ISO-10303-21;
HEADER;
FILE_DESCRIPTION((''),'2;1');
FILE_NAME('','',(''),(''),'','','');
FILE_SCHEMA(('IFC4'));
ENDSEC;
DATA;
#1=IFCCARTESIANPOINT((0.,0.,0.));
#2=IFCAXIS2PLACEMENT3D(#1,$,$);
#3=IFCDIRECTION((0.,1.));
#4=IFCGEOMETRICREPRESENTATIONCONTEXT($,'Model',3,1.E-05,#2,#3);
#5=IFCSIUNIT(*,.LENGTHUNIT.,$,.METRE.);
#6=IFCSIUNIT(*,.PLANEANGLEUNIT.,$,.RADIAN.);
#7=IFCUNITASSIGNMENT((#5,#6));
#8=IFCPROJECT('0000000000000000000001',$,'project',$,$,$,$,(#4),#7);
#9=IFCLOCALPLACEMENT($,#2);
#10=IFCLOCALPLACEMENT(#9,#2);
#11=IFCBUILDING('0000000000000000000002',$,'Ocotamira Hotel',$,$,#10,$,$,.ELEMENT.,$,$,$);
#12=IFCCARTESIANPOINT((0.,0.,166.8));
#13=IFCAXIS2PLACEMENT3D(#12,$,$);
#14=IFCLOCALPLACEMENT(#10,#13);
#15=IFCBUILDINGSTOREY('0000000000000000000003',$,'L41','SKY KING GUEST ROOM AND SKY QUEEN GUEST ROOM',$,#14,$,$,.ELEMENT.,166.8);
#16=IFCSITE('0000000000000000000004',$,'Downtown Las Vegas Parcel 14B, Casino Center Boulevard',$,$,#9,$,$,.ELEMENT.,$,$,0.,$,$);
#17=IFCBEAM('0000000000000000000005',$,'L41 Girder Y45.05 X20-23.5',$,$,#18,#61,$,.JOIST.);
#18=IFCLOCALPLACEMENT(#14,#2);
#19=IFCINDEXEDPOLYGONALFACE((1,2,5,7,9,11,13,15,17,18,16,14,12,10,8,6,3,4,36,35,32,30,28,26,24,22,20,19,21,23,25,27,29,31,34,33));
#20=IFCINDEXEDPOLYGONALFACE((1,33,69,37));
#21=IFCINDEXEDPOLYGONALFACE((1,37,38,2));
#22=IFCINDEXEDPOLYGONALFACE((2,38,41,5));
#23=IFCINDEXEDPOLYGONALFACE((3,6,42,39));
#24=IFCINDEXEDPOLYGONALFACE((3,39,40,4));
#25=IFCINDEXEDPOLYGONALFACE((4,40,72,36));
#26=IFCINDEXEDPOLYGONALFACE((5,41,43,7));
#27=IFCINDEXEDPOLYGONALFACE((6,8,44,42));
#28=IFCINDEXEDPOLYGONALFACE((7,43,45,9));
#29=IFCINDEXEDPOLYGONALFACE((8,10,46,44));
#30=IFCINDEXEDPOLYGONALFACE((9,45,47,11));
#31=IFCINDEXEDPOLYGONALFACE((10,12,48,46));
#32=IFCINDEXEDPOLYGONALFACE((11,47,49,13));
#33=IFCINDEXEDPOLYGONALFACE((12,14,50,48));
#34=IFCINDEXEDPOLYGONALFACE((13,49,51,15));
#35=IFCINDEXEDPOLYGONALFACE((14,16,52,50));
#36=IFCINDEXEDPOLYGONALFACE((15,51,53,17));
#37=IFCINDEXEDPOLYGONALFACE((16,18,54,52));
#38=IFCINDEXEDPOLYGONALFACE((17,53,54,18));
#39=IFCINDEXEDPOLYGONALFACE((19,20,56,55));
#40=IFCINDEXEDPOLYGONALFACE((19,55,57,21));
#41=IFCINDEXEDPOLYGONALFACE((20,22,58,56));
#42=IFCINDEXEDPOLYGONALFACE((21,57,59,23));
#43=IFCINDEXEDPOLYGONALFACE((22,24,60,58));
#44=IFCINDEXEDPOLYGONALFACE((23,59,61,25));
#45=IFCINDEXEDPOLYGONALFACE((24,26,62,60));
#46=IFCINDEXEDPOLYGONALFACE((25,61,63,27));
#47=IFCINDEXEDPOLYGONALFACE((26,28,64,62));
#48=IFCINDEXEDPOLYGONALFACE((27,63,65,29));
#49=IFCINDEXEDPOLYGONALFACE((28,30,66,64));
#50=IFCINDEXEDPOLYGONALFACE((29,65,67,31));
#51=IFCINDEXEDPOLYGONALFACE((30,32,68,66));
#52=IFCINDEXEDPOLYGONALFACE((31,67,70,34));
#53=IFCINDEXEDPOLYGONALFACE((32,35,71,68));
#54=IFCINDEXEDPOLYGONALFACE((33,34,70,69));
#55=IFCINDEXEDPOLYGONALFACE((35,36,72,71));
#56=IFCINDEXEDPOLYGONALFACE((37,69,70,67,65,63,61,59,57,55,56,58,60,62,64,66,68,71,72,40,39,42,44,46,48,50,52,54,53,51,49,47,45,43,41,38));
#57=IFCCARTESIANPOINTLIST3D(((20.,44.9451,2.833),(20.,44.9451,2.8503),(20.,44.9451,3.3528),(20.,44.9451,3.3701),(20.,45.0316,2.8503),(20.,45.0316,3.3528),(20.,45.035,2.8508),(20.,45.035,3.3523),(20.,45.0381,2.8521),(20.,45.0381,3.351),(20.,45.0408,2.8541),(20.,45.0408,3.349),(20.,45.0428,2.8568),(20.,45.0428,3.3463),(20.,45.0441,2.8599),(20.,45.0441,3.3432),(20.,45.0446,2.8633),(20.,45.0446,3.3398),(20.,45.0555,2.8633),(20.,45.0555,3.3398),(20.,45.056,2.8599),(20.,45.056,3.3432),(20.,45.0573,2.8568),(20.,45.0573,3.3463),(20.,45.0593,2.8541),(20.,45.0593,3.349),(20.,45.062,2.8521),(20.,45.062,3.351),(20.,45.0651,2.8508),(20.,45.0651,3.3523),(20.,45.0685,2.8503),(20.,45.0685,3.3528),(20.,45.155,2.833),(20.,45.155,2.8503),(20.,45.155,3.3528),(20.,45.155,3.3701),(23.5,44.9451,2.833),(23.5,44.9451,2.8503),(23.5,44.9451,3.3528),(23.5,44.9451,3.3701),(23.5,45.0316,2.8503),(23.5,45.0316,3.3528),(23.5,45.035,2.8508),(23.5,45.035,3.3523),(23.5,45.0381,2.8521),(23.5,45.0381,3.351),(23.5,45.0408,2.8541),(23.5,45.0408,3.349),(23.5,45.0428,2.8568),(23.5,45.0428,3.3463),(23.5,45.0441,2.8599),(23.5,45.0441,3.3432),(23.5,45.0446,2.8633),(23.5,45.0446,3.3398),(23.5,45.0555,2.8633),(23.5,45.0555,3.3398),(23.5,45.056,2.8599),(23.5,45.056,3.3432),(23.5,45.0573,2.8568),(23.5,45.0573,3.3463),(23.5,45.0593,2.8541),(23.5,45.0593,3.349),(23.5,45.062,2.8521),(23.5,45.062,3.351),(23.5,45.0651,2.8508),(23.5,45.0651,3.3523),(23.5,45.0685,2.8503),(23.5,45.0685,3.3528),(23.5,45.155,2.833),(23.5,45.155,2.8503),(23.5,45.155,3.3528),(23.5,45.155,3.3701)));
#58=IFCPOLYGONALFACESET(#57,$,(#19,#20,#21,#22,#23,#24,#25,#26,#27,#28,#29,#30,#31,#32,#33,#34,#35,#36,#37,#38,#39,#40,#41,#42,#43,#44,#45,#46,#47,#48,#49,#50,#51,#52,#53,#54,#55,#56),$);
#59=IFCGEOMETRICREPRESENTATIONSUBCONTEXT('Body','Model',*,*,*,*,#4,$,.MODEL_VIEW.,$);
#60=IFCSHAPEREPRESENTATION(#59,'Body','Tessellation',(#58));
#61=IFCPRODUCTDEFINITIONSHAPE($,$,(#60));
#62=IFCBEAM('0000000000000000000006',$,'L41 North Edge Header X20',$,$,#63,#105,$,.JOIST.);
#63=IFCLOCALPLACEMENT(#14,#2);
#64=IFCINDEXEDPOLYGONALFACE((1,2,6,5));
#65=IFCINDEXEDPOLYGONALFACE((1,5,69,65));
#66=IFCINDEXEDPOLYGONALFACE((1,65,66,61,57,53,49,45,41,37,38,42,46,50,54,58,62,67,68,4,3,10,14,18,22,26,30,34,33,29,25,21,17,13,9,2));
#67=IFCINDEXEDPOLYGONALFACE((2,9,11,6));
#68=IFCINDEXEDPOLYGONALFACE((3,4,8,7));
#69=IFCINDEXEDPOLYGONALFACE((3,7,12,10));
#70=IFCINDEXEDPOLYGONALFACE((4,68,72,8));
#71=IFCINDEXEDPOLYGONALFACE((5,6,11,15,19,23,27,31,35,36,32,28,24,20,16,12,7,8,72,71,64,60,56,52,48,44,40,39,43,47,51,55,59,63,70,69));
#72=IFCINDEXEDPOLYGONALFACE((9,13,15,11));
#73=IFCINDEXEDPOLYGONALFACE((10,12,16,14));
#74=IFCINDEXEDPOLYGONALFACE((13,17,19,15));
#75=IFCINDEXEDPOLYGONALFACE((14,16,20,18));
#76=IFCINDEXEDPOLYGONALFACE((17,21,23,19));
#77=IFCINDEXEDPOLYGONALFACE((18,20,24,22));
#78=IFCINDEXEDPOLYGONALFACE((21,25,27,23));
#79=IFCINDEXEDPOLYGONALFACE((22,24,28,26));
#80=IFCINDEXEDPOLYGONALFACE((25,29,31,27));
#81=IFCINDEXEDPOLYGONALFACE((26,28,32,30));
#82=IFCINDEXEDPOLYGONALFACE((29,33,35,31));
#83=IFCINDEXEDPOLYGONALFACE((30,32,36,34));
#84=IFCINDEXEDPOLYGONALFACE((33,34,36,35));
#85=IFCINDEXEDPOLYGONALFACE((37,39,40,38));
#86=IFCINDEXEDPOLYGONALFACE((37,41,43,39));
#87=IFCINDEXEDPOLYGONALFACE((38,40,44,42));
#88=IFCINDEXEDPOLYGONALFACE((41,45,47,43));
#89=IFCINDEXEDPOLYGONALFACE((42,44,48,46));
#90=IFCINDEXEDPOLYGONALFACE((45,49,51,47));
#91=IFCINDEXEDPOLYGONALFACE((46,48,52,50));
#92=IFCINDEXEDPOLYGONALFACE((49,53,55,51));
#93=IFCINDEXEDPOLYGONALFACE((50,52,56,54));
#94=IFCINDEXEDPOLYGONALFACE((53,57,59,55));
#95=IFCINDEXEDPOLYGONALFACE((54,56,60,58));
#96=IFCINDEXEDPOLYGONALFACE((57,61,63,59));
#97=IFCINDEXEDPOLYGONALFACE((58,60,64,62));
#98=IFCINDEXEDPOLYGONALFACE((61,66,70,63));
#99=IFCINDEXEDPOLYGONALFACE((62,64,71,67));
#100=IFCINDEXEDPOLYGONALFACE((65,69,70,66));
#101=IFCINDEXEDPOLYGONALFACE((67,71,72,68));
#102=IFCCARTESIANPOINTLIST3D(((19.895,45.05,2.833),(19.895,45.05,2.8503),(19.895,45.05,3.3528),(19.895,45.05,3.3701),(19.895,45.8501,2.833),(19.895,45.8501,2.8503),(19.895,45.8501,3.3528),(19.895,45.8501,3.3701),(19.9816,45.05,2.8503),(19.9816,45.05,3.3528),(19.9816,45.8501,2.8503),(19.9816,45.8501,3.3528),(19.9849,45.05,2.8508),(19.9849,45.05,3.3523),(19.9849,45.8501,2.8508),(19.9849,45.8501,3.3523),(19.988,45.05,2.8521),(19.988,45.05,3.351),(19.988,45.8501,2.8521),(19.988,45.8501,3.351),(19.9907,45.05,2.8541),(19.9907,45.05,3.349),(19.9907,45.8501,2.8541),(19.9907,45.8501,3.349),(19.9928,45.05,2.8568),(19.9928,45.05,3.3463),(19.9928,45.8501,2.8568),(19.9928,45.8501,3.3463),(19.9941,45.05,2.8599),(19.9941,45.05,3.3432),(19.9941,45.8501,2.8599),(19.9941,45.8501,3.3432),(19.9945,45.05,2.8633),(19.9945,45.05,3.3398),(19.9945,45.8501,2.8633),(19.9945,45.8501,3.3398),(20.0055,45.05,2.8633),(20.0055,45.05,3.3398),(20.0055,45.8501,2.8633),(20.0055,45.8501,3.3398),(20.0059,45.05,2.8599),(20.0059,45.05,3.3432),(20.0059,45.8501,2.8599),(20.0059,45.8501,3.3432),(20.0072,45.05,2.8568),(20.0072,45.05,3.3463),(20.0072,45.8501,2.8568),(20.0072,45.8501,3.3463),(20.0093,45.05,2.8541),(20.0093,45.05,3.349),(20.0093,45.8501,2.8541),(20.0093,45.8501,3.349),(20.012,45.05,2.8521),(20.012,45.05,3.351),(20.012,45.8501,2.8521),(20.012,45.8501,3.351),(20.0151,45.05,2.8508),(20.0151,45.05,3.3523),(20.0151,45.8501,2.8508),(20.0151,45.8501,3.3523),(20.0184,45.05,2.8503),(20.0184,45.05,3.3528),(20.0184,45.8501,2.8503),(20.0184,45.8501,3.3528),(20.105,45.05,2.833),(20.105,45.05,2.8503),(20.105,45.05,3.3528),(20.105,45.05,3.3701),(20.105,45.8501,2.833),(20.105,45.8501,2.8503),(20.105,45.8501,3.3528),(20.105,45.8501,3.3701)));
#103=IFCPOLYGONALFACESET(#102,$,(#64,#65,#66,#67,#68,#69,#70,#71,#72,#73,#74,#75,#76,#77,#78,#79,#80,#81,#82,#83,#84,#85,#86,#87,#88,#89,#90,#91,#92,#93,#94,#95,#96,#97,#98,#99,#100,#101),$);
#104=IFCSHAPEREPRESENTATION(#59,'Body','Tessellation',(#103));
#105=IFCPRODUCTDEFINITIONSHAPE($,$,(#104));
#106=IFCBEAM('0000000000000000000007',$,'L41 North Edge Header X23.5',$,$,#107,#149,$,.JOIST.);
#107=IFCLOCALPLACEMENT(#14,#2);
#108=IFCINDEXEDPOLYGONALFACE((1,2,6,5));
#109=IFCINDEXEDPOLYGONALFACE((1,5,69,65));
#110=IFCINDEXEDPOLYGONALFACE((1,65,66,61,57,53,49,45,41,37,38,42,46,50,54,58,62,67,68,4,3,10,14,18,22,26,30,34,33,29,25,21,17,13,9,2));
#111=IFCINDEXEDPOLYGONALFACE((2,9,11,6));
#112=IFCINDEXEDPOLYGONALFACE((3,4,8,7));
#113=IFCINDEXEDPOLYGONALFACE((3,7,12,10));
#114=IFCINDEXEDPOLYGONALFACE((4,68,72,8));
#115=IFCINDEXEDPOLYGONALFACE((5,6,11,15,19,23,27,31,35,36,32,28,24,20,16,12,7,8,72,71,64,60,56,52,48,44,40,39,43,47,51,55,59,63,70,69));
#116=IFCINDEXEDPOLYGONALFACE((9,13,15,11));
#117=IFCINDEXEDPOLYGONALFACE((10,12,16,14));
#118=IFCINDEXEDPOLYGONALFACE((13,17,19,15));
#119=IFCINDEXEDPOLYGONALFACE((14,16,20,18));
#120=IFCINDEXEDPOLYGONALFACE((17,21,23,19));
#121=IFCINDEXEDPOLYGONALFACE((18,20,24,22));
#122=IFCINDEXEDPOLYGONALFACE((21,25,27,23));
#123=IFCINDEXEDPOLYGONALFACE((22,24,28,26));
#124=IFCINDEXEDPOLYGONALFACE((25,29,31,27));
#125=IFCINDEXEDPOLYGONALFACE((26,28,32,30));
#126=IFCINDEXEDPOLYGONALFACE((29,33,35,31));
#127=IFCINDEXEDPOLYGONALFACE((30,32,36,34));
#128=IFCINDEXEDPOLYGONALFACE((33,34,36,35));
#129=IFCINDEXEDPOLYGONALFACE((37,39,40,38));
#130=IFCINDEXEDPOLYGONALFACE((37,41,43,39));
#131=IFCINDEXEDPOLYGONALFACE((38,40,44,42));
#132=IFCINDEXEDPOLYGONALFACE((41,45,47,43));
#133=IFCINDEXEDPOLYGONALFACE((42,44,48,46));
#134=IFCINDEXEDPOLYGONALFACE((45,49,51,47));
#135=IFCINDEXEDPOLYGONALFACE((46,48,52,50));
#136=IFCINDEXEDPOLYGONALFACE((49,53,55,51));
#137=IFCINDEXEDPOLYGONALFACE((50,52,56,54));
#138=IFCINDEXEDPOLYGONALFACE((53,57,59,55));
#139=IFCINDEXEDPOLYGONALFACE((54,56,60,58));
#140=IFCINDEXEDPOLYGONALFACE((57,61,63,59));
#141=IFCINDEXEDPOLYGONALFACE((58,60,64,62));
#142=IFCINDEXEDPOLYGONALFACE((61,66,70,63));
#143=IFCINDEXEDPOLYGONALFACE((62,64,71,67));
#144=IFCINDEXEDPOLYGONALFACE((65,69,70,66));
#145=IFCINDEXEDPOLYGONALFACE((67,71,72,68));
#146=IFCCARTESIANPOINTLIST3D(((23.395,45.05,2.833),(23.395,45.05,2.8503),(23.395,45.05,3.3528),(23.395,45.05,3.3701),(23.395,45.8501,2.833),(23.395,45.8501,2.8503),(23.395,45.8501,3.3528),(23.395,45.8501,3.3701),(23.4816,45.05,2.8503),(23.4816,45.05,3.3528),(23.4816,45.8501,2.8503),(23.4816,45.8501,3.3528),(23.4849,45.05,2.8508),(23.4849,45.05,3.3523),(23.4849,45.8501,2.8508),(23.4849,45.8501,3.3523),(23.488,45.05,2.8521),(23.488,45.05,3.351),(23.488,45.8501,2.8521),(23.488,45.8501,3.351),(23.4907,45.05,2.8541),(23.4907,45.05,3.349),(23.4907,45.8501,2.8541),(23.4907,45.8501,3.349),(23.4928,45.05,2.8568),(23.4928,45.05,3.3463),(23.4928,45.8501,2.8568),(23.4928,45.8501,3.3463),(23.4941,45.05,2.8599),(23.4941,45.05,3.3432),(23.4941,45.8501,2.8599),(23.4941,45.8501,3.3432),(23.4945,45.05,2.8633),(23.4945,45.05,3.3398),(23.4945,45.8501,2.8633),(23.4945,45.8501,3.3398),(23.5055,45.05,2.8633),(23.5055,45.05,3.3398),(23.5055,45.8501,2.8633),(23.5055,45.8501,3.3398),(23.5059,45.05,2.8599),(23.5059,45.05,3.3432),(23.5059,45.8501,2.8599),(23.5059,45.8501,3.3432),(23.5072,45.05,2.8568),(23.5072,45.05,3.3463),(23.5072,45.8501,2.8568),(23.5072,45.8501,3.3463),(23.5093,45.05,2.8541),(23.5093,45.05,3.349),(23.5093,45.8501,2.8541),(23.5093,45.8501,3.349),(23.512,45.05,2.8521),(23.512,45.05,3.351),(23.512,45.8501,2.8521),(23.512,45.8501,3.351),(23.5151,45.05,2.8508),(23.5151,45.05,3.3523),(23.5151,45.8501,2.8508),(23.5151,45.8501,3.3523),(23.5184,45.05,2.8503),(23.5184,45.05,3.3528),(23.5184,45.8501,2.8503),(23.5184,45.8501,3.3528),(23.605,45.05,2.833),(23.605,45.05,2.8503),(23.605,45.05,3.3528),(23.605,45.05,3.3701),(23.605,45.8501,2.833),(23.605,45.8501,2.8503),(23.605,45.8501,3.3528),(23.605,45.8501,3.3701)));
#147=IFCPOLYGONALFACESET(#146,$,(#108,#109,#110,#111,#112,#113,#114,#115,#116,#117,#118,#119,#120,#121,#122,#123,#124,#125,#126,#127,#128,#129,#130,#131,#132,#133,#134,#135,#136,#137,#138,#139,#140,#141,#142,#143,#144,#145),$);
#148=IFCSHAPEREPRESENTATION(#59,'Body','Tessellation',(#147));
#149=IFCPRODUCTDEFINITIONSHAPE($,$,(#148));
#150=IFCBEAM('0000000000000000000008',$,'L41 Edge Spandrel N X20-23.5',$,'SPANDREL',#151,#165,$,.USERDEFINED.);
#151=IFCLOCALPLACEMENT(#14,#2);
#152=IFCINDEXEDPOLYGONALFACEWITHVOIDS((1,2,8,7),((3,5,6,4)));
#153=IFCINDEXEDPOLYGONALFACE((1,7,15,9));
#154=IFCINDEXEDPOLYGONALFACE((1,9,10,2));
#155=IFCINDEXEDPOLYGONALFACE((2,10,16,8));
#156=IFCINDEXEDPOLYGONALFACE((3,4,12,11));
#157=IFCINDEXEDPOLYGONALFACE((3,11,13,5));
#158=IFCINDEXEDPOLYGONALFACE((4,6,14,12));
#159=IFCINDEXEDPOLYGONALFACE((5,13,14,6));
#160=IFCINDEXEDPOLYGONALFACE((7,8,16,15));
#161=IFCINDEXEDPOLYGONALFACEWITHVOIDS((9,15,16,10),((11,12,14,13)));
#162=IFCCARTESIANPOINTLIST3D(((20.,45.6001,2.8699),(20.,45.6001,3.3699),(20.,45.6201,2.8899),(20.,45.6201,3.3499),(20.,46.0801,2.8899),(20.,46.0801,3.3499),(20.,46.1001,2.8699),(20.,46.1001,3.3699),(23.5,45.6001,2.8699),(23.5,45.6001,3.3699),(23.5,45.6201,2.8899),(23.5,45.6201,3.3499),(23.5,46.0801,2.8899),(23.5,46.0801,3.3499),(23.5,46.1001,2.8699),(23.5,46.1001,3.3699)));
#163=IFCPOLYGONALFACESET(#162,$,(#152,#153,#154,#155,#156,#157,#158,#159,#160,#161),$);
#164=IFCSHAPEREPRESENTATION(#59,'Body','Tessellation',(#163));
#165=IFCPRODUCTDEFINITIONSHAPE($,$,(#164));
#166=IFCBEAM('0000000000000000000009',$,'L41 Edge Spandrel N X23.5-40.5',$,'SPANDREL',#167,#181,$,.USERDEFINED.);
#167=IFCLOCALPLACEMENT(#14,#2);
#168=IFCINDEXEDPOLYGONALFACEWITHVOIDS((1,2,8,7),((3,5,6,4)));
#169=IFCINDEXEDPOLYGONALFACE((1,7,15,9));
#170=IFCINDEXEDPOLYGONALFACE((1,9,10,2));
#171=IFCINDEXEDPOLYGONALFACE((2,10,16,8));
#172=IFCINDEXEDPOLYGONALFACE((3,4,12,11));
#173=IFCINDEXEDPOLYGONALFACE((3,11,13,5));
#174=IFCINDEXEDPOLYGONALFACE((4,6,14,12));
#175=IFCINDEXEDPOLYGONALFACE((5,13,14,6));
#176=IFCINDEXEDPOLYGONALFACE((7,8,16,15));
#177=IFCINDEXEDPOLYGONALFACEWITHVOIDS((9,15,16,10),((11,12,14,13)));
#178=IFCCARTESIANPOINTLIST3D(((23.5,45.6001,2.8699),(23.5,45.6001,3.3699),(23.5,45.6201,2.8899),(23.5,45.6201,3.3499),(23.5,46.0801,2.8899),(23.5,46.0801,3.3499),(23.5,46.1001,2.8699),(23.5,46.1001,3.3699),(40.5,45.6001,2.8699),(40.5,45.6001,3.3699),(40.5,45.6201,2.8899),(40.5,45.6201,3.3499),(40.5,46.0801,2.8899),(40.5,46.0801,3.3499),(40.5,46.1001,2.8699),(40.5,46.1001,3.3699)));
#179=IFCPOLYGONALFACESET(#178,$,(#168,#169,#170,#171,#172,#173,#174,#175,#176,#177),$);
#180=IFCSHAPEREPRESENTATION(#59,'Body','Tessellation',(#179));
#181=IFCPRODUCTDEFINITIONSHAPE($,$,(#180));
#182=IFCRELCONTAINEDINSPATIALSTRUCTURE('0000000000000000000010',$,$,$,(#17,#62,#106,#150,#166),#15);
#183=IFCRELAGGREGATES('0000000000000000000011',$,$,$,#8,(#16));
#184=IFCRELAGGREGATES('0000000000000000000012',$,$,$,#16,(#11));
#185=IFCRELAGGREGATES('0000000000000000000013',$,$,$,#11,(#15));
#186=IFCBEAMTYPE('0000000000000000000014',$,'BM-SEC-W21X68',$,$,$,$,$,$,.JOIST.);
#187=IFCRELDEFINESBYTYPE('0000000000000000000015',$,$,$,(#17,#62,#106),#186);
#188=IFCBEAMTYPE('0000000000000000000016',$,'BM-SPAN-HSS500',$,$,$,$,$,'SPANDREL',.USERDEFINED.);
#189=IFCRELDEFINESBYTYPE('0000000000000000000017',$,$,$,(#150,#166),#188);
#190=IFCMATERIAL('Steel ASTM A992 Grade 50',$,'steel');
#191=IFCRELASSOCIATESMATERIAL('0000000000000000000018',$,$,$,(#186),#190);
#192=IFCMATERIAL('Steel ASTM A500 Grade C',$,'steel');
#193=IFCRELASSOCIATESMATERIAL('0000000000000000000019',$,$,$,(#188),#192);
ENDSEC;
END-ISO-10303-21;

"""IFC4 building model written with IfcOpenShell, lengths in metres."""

from ifc_helpers import new_model, si_unit, direction, frame, origin, origin_2d, place, context, subcontext, project, spatial, hollow_rectangle, i_section, extrude, source, transform, mapped, material, material_profile, profile_set, type_object, element, save


model = new_model("IFC4")

# Units and contexts
model_context = context("Model", 3, precision=1e-05, world=origin(), true_north=direction((0.0, 1.0)))
body_context = subcontext(model_context, "Body", "Model", "MODEL_VIEW")
ifc_project = project(units=[si_unit("LENGTHUNIT", "METRE"), si_unit("PLANEANGLEUNIT", "RADIAN")], contexts=[model_context])

# Site, building, storey
site_placement = place(None, origin())
site = spatial("IfcSite", under=ifc_project, at=site_placement, Name="Downtown Las Vegas Parcel 14B, Casino Center Boulevard", CompositionType="ELEMENT", RefElevation=0.0)
building_placement = place(site_placement, origin())
building = spatial("IfcBuilding", under=site, at=building_placement, Name="Ocotamira Hotel", CompositionType="ELEMENT")
storey_placement = place(building_placement, frame((0.0, 0.0, 166.8)))
storey = spatial("IfcBuildingStorey", under=building, at=storey_placement, Name="L41", Description="SKY KING GUEST ROOM AND SKY QUEEN GUEST ROOM", CompositionType="ELEMENT", Elevation=166.8)

# Beams
ifc_material_1 = material(Name="Steel ASTM A992 Grade 50", Category="steel")
ifc_material_profile_1 = material_profile(ifc_material_1, i_section(OverallWidth=0.21, OverallDepth=0.5371, WebThickness=0.011, FlangeThickness=0.0173, FilletRadius=0.0129, at=origin_2d()), Name="W21X68")
ifc_profile_set_1 = profile_set([ifc_material_profile_1], Name="Steel ASTM A992 Grade 50")
beam_type_1 = type_object("IfcBeamType", Name="BM-SEC-W21X68", PredefinedType="JOIST", material=ifc_profile_set_1)
shared_shape_1 = source(origin(), body_context, "Body", "SweptSolid", [
    extrude(i_section(OverallWidth=0.21, OverallDepth=0.5371, WebThickness=0.011, FlangeThickness=0.0173, FilletRadius=0.0129, at=origin_2d()), origin(), (0.0, 0.0, 1.0), 3.5),
])
beam_1_placement = place(storey_placement, frame((20.0, 45.05, 3.1016), z_axis=(1.0, 0.0, 0.0), x_axis=(0.0, 1.0, 0.0)))
element("IfcBeam", 1, at=beam_1_placement, inside=storey, type_object=beam_type_1, Name="L41 Girder Y45.05 X20-23.5", PredefinedType="JOIST", context=body_context, shape_type="MappedRepresentation", body=[
    mapped(shared_shape_1, transform((0.0, 0.0, 0.0), scale=1.0)),
])
shared_shape_2 = source(origin(), body_context, "Body", "SweptSolid", [
    extrude(i_section(OverallWidth=0.21, OverallDepth=0.5371, WebThickness=0.011, FlangeThickness=0.0173, FilletRadius=0.0129, at=origin_2d()), origin(), (0.0, 0.0, 1.0), 0.8),
])
for number, where, z_axis, x_axis, name in (
    (2, (20.0, 45.05, 3.1016), (0.0, 1.0, 0.0), (-1.0, 0.0, 0.0), "L41 North Edge Header X20"),
    (3, (23.5, 45.05, 3.1016), (0.0, 1.0, 0.0), (-1.0, 0.0, 0.0), "L41 North Edge Header X23.5"),
):
    element("IfcBeam", number, at=place(storey_placement, frame(where, z_axis=z_axis, x_axis=x_axis)), inside=storey, type_object=beam_type_1, Name=name, PredefinedType="JOIST", context=body_context, shape_type="MappedRepresentation", body=[
        mapped(shared_shape_2, transform((0.0, 0.0, 0.0), scale=1.0)),
    ])
ifc_material_2 = material(Name="Steel ASTM A500 Grade C", Category="steel")
ifc_material_profile_2 = material_profile(ifc_material_2, hollow_rectangle(XDim=0.5, YDim=0.5, WallThickness=0.02, at=origin_2d()), Name="HSS500X500X20")
ifc_profile_set_2 = profile_set([ifc_material_profile_2], Name="Steel ASTM A500 Grade C")
beam_type_2 = type_object("IfcBeamType", Name="BM-SPAN-HSS500", ElementType="SPANDREL", PredefinedType="USERDEFINED", material=ifc_profile_set_2)
shared_shape_3 = source(origin(), body_context, "Body", "SweptSolid", [
    extrude(hollow_rectangle(XDim=0.5, YDim=0.5, WallThickness=0.02, at=origin_2d()), origin(), (0.0, 0.0, 1.0), 3.5),
])
beam_2_placement = place(storey_placement, frame((20.0, 45.8501, 3.1199), z_axis=(1.0, 0.0, 0.0), x_axis=(0.0, 1.0, 0.0)))
element("IfcBeam", 4, at=beam_2_placement, inside=storey, type_object=beam_type_2, Name="L41 Edge Spandrel N X20-23.5", ObjectType="SPANDREL", PredefinedType="USERDEFINED", context=body_context, shape_type="MappedRepresentation", body=[
    mapped(shared_shape_3, transform((0.0, 0.0, 0.0), scale=1.0)),
])
shared_shape_4 = source(origin(), body_context, "Body", "SweptSolid", [
    extrude(hollow_rectangle(XDim=0.5, YDim=0.5, WallThickness=0.02, at=origin_2d()), origin(), (0.0, 0.0, 1.0), 17.0),
])
beam_3_placement = place(storey_placement, frame((23.5, 45.8501, 3.1199), z_axis=(1.0, 0.0, 0.0), x_axis=(0.0, 1.0, 0.0)))
element("IfcBeam", 5, at=beam_3_placement, inside=storey, type_object=beam_type_2, Name="L41 Edge Spandrel N X23.5-40.5", ObjectType="SPANDREL", PredefinedType="USERDEFINED", context=body_context, shape_type="MappedRepresentation", body=[
    mapped(shared_shape_4, transform((0.0, 0.0, 0.0), scale=1.0)),
])

save(model, "model.ifc")
